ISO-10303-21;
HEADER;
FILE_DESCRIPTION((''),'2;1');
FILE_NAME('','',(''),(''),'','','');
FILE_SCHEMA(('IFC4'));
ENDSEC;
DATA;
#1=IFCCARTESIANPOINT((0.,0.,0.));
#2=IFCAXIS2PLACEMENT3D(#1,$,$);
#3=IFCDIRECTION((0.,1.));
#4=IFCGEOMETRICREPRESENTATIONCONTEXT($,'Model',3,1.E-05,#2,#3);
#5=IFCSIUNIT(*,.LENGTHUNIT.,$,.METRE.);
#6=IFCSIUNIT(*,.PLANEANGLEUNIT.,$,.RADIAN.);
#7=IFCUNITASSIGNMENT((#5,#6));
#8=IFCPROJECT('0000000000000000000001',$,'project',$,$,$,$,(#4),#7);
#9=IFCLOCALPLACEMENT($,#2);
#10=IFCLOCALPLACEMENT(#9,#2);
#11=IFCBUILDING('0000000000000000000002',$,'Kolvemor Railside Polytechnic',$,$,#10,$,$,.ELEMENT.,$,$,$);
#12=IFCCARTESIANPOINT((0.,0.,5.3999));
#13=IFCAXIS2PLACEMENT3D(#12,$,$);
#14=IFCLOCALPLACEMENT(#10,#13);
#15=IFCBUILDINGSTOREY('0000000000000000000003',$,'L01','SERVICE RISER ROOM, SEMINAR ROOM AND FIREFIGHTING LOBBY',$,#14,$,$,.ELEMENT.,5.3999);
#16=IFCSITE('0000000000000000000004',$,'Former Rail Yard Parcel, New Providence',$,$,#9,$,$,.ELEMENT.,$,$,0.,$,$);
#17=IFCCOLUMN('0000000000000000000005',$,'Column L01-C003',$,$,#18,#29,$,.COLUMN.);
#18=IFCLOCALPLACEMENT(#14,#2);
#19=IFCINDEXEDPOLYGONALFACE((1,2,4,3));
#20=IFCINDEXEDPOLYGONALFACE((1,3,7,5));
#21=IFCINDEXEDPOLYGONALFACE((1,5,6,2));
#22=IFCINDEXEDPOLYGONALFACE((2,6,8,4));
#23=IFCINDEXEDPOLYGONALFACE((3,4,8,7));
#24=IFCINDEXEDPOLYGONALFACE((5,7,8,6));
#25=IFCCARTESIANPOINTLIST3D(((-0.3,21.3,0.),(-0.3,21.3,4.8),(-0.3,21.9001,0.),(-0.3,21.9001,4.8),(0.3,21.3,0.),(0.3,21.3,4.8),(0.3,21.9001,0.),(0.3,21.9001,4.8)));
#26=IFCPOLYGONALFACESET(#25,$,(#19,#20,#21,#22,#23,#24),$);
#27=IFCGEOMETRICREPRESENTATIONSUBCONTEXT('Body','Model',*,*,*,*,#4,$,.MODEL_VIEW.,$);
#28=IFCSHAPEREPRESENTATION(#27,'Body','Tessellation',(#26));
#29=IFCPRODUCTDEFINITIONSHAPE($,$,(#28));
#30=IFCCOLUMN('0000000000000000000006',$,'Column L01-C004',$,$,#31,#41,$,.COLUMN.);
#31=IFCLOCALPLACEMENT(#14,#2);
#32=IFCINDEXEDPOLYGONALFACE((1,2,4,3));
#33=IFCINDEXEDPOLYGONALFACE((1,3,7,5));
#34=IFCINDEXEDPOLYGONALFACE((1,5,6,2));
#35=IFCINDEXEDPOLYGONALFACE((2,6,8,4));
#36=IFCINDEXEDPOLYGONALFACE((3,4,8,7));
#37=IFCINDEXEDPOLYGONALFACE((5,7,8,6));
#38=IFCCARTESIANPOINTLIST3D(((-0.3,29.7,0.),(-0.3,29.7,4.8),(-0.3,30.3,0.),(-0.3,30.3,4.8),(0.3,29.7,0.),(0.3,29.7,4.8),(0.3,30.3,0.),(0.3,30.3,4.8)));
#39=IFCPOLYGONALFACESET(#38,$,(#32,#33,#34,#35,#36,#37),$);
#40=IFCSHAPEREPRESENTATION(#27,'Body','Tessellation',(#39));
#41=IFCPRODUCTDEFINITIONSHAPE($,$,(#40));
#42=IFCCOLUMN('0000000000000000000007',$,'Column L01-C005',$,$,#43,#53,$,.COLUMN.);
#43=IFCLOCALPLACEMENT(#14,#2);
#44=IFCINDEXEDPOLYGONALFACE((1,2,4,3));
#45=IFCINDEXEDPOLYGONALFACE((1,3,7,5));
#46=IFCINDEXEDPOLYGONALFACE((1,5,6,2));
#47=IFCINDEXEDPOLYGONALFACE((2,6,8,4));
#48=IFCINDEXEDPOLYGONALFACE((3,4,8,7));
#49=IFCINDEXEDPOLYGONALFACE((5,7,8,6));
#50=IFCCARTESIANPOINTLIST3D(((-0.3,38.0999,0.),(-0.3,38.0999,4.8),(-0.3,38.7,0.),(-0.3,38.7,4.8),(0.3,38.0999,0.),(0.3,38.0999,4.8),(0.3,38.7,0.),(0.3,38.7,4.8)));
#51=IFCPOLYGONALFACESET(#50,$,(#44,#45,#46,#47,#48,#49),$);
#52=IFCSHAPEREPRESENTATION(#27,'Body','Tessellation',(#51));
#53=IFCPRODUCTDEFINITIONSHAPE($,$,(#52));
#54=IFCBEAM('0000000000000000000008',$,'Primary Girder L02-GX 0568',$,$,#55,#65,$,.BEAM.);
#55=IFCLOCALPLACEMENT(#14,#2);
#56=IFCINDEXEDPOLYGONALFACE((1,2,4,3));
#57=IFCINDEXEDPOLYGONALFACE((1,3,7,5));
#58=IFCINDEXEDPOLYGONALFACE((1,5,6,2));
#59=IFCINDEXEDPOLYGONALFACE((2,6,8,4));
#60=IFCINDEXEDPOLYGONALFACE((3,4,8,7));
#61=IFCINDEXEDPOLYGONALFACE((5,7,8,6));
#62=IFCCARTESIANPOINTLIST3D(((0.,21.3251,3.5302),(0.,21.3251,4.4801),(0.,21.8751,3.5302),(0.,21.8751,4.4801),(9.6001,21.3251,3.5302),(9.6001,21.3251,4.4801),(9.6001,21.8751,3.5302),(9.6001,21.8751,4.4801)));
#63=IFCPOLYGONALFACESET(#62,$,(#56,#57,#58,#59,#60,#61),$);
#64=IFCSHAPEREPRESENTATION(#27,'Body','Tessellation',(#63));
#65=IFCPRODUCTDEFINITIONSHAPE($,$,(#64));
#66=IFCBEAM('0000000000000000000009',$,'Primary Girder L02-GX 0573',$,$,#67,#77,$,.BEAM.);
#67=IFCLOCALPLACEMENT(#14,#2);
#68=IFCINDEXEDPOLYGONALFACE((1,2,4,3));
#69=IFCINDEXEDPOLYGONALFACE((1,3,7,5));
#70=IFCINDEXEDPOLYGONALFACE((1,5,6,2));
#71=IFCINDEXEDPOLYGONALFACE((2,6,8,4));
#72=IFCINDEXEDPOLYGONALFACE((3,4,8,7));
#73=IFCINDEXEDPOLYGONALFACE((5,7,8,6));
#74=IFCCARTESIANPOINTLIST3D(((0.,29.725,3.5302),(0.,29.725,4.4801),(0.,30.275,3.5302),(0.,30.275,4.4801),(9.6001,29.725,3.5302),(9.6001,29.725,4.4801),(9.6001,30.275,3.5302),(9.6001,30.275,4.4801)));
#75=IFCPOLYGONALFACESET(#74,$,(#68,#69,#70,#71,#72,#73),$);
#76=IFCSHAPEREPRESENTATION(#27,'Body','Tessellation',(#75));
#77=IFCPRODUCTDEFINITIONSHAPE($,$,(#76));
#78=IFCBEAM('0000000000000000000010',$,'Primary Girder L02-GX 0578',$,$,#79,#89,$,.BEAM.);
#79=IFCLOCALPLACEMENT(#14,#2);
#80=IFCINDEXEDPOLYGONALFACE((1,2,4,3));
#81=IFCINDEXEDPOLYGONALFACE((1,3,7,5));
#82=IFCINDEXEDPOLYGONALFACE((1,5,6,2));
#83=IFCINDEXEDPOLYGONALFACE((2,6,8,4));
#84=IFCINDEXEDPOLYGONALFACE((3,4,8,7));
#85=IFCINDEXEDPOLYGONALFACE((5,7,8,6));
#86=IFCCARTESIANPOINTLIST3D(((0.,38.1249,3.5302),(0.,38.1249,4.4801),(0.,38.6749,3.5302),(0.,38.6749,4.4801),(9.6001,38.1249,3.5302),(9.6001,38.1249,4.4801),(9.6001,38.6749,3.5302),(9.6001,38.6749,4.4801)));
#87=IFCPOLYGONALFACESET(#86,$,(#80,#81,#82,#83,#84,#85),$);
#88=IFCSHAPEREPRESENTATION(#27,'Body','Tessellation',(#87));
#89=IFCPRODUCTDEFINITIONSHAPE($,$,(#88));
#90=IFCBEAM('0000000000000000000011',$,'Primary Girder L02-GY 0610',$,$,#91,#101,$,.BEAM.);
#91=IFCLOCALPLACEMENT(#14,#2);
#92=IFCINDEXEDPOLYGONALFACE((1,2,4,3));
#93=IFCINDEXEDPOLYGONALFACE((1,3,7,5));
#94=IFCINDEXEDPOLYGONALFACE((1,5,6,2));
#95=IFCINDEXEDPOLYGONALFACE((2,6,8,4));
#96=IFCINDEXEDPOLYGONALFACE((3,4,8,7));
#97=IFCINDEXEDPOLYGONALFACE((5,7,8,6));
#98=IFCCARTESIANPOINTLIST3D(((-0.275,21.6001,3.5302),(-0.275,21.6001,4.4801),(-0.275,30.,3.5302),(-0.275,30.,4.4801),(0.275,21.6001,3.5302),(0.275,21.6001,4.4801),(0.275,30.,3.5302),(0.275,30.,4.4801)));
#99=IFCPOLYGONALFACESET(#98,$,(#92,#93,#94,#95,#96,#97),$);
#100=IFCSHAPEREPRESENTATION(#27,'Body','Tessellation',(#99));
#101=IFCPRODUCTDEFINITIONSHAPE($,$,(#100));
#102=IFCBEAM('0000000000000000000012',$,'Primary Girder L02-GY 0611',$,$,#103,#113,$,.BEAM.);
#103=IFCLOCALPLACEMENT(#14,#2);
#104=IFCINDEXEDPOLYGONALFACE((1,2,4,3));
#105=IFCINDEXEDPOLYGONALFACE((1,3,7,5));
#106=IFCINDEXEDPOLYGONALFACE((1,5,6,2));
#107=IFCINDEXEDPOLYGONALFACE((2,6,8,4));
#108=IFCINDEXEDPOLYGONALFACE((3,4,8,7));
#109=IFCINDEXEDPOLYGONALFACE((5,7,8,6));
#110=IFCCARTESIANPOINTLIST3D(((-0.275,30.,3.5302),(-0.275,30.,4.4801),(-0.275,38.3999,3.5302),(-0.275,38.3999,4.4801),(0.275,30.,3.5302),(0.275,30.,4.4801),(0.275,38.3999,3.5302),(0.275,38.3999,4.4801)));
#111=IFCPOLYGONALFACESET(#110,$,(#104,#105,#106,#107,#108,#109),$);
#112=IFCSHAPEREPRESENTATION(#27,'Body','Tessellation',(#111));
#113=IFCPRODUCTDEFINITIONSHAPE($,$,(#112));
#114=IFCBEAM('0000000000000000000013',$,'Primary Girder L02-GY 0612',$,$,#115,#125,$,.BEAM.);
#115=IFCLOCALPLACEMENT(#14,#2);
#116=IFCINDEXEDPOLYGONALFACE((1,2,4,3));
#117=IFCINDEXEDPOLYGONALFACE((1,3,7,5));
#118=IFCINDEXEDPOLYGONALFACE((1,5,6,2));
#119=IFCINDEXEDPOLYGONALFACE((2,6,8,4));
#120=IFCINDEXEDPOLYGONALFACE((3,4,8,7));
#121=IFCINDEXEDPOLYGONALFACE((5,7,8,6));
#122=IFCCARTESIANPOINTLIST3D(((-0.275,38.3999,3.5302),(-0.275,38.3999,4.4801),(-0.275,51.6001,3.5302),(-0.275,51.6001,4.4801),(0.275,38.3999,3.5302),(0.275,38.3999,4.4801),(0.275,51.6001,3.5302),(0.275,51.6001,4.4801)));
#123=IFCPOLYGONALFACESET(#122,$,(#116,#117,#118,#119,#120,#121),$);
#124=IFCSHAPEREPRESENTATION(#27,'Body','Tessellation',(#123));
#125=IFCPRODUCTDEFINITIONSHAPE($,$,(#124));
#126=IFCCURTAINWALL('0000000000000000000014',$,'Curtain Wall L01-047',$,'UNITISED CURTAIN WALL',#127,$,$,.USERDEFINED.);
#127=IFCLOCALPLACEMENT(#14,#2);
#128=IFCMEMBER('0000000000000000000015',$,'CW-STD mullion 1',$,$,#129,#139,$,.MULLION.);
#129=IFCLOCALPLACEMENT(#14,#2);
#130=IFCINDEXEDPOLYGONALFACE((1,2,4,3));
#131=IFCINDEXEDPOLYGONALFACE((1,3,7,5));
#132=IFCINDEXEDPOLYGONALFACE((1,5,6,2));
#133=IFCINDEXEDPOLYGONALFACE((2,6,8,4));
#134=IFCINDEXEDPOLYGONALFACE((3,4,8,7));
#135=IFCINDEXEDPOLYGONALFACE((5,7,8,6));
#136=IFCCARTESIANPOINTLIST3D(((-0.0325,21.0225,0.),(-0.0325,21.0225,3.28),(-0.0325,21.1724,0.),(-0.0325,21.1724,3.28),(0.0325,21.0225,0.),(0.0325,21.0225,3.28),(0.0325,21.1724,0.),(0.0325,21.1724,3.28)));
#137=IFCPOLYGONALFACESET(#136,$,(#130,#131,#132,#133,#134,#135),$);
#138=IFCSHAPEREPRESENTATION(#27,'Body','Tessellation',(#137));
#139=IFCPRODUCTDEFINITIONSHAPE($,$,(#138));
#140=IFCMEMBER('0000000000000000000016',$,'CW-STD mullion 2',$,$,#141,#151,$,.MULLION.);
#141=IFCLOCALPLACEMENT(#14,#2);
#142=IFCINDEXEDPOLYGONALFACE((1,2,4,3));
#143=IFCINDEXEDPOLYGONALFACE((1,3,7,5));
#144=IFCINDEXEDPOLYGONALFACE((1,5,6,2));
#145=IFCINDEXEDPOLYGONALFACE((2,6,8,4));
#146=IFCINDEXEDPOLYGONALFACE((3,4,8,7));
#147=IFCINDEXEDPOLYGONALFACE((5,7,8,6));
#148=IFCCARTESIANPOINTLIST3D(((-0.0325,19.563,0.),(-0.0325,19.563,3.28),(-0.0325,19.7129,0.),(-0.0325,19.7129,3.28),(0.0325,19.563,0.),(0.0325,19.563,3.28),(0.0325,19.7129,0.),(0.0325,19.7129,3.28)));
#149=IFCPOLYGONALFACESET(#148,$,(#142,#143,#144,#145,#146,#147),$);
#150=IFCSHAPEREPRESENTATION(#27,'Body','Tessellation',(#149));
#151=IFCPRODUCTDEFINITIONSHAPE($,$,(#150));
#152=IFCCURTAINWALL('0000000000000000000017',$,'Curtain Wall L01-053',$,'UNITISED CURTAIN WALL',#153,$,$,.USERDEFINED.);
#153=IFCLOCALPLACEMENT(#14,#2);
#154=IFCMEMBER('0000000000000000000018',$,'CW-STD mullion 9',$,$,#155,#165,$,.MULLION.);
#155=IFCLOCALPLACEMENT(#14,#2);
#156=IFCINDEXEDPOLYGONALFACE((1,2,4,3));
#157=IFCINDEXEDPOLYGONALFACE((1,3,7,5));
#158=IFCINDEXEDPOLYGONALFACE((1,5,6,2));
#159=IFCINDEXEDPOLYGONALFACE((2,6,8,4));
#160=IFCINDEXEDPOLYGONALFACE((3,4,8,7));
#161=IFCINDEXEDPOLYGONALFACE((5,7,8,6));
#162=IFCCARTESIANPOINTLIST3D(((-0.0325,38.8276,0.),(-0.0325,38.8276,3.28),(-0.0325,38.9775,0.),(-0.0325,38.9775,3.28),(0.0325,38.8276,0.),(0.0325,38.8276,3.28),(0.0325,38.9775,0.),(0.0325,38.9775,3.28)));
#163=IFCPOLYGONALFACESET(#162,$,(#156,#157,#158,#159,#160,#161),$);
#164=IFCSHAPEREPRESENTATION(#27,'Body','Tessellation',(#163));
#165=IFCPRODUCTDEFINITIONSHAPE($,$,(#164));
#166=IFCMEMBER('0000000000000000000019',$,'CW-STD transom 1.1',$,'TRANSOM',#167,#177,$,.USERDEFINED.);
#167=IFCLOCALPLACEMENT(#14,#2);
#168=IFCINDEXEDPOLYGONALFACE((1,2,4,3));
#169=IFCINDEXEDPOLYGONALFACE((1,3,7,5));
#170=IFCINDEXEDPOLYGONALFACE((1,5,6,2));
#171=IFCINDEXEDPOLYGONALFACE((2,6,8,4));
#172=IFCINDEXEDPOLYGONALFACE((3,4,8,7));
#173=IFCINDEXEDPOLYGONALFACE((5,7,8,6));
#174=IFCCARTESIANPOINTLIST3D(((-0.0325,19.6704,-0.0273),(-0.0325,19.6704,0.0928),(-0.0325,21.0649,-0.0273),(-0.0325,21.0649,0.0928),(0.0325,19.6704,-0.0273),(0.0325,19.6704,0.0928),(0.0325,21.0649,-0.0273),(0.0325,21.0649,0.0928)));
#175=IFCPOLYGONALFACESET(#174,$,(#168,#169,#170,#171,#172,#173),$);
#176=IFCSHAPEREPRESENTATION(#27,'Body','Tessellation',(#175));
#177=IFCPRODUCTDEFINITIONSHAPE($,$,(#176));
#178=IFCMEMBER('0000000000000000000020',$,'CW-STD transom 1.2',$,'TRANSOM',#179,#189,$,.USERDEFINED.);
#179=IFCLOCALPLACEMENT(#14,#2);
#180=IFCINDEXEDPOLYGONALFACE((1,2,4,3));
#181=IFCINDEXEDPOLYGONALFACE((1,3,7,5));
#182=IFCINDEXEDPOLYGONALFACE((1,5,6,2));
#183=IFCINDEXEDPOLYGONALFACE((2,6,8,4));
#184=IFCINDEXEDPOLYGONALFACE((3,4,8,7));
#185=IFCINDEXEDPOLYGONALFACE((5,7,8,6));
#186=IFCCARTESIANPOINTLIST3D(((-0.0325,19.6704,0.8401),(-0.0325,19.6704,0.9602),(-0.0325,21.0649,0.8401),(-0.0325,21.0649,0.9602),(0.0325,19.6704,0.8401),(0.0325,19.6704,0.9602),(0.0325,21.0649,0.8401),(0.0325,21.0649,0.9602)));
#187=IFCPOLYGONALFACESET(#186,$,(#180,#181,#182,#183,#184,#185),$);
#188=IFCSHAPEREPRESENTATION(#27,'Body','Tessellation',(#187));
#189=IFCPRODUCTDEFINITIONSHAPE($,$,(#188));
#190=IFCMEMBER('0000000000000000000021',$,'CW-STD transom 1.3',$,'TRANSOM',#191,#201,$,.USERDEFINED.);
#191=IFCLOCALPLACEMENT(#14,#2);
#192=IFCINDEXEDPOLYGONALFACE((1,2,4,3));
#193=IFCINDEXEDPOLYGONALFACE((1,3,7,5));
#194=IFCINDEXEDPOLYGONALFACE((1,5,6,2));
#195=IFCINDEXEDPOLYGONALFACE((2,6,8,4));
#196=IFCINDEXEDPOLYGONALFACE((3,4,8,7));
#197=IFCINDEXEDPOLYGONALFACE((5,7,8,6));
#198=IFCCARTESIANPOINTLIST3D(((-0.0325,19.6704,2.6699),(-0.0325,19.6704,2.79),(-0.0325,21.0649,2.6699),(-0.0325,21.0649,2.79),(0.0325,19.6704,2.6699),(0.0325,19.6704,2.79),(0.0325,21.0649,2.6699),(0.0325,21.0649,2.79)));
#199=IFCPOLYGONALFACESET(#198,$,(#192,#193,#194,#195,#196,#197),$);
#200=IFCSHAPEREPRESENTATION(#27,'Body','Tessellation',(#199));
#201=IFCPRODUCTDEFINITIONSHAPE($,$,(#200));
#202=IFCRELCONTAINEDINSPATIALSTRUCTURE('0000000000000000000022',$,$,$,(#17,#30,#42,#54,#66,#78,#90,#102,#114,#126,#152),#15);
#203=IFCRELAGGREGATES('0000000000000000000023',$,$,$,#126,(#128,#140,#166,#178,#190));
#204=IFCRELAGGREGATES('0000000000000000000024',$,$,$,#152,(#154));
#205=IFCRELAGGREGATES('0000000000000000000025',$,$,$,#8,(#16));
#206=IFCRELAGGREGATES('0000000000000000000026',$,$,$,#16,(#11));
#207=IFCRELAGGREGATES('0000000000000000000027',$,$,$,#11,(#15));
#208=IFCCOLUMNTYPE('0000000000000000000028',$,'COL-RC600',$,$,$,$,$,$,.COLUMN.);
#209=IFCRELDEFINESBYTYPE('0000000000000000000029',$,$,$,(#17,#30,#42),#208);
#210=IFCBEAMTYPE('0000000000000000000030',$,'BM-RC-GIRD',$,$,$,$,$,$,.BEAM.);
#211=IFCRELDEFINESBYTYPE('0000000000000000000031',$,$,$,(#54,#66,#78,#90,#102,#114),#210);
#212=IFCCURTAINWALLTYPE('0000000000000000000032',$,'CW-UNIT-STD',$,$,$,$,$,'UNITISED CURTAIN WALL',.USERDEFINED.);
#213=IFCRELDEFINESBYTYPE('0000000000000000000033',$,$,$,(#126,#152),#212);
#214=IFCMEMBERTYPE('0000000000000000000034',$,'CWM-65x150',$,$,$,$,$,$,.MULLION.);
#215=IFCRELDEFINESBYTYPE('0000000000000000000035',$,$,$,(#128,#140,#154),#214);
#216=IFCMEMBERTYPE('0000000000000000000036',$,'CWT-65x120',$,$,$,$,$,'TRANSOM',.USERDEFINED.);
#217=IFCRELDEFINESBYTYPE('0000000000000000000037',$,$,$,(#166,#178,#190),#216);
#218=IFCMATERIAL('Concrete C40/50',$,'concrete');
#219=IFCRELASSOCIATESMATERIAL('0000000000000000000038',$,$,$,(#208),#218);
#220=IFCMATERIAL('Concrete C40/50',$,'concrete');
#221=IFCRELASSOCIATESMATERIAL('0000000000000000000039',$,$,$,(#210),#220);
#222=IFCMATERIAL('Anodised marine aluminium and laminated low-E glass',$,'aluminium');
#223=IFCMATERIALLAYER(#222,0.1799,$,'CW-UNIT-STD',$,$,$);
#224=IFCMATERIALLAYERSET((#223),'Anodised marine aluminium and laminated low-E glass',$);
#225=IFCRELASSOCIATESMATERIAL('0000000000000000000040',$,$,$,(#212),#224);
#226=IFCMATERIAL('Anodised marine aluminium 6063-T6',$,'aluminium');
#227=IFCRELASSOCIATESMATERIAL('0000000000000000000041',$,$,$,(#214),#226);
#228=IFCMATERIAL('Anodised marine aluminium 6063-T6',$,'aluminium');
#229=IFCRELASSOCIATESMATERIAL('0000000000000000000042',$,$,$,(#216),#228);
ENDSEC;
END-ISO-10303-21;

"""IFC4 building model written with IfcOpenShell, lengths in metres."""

from ifc_helpers import new_model, si_unit, direction, frame, origin, origin_2d, place, context, subcontext, project, spatial, rectangle, extrude, material, layer, layer_set, material_profile, profile_set, type_object, element, aggregate, save


model = new_model("IFC4")

# Units and contexts
model_context = context("Model", 3, precision=1e-05, world=origin(), true_north=direction((0.0, 1.0)))
body_context = subcontext(model_context, "Body", "Model", "MODEL_VIEW")
ifc_project = project(units=[si_unit("LENGTHUNIT", "METRE"), si_unit("PLANEANGLEUNIT", "RADIAN")], contexts=[model_context])

# Site, building, storey
site_placement = place(None, origin())
site = spatial("IfcSite", under=ifc_project, at=site_placement, Name="Former Rail Yard Parcel, New Providence", CompositionType="ELEMENT", RefElevation=0.0)
building_placement = place(site_placement, origin())
building = spatial("IfcBuilding", under=site, at=building_placement, Name="Kolvemor Railside Polytechnic", CompositionType="ELEMENT")
storey_placement = place(building_placement, frame((0.0, 0.0, 5.3999)))
storey = spatial("IfcBuildingStorey", under=building, at=storey_placement, Name="L01", Description="SERVICE RISER ROOM, SEMINAR ROOM AND FIREFIGHTING LOBBY", CompositionType="ELEMENT", Elevation=5.3999)

# Columns
ifc_material_1 = material(Name="Concrete C40/50", Category="concrete")
ifc_material_profile_1 = material_profile(ifc_material_1, rectangle(XDim=0.6001, YDim=0.6001, at=origin_2d()), Name="RC600x600")
ifc_profile_set_1 = profile_set([ifc_material_profile_1], Name="Concrete C40/50")
column_type = type_object("IfcColumnType", Name="COL-RC600", PredefinedType="COLUMN", material=ifc_profile_set_1)
for number, where, z_axis, x_axis, name in (
    (1, (0.0, 21.6001, 0.0), (0.0, 0.0, 1.0), (1.0, 0.0, 0.0), "Column L01-C003"),
    (2, (0.0, 30.0, 0.0), (0.0, 0.0, 1.0), (1.0, 0.0, 0.0), "Column L01-C004"),
    (3, (0.0, 38.3999, 0.0), (0.0, 0.0, 1.0), (1.0, 0.0, 0.0), "Column L01-C005"),
):
    element("IfcColumn", number, at=place(storey_placement, frame(where, z_axis=z_axis, x_axis=x_axis)), inside=storey, type_object=column_type, Name=name, PredefinedType="COLUMN", context=body_context, shape_type="SweptSolid", body=[
        extrude(rectangle(XDim=0.6001, YDim=0.6001, at=origin_2d()), origin(), (0.0, 0.0, 1.0), 4.8),
    ])

# Beams
ifc_material_2 = material(Name="Concrete C40/50", Category="concrete")
ifc_material_profile_2 = material_profile(ifc_material_2, rectangle(XDim=0.55, YDim=0.95, at=origin_2d()), Name="RC550x950")
ifc_profile_set_2 = profile_set([ifc_material_profile_2], Name="Concrete C40/50")
beam_type = type_object("IfcBeamType", Name="BM-RC-GIRD", PredefinedType="BEAM", material=ifc_profile_set_2)
for number, where, z_axis, x_axis, name in (
    (4, (0.0, 21.6001, 4.0051), (1.0, 0.0, 0.0), (0.0, 1.0, 0.0), "Primary Girder L02-GX 0568"),
    (5, (0.0, 30.0, 4.0051), (1.0, 0.0, 0.0), (0.0, 1.0, 0.0), "Primary Girder L02-GX 0573"),
    (6, (0.0, 38.3999, 4.0051), (1.0, 0.0, 0.0), (0.0, 1.0, 0.0), "Primary Girder L02-GX 0578"),
):
    element("IfcBeam", number, at=place(storey_placement, frame(where, z_axis=z_axis, x_axis=x_axis)), inside=storey, type_object=beam_type, Name=name, PredefinedType="BEAM", context=body_context, shape_type="SweptSolid", body=[
        extrude(rectangle(XDim=0.55, YDim=0.95, at=origin_2d()), origin(), (0.0, 0.0, 1.0), 9.6001),
    ])
for number, where, z_axis, x_axis, name in (
    (7, (0.0, 21.6001, 4.0051), (0.0, 1.0, 0.0), (-1.0, 0.0, 0.0), "Primary Girder L02-GY 0610"),
    (8, (0.0, 30.0, 4.0051), (0.0, 1.0, 0.0), (-1.0, 0.0, 0.0), "Primary Girder L02-GY 0611"),
):
    element("IfcBeam", number, at=place(storey_placement, frame(where, z_axis=z_axis, x_axis=x_axis)), inside=storey, type_object=beam_type, Name=name, PredefinedType="BEAM", context=body_context, shape_type="SweptSolid", body=[
        extrude(rectangle(XDim=0.55, YDim=0.95, at=origin_2d()), origin(), (0.0, 0.0, 1.0), 8.3999),
    ])
beam_placement = place(storey_placement, frame((0.0, 38.3999, 4.0051), z_axis=(0.0, 1.0, 0.0), x_axis=(-1.0, 0.0, 0.0)))
element("IfcBeam", 9, at=beam_placement, inside=storey, type_object=beam_type, Name="Primary Girder L02-GY 0612", PredefinedType="BEAM", context=body_context, shape_type="SweptSolid", body=[
    extrude(rectangle(XDim=0.55, YDim=0.95, at=origin_2d()), origin(), (0.0, 0.0, 1.0), 13.2002),
])

# Curtain wall, members
ifc_material_3 = material(Name="Anodised marine aluminium and laminated low-E glass", Category="aluminium")
ifc_layer_1 = layer(ifc_material_3, 0.1799, Name="CW-UNIT-STD")
ifc_layer_set_1 = layer_set([ifc_layer_1], Name="Anodised marine aluminium and laminated low-E glass")
curtain_wall_type = type_object("IfcCurtainWallType", Name="CW-UNIT-STD", ElementType="UNITISED CURTAIN WALL", PredefinedType="USERDEFINED", material=ifc_layer_set_1)
curtain_wall_1_placement = place(storey_placement, origin())
curtain_wall_1 = element("IfcCurtainWall", 10, at=curtain_wall_1_placement, inside=storey, type_object=curtain_wall_type, Name="Curtain Wall L01-047", ObjectType="UNITISED CURTAIN WALL", PredefinedType="USERDEFINED")
ifc_material_4 = material(Name="Anodised marine aluminium 6063-T6", Category="aluminium")
ifc_material_profile_3 = material_profile(ifc_material_4, rectangle(XDim=0.0649, YDim=0.1499, at=origin_2d()), Name="CW-MUL-65x150")
ifc_profile_set_3 = profile_set([ifc_material_profile_3], Name="Anodised marine aluminium 6063-T6")
member_type_1 = type_object("IfcMemberType", Name="CWM-65x150", PredefinedType="MULLION", material=ifc_profile_set_3)
member_1_placement = place(storey_placement, frame((0.0, 21.0974, 0.0), z_axis=(0.0, 0.0, 1.0), x_axis=(1.0, 0.0, 0.0)))
member_1 = element("IfcMember", 11, at=member_1_placement, type_object=member_type_1, Name="CW-STD mullion 1", PredefinedType="MULLION", context=body_context, shape_type="SweptSolid", body=[
    extrude(rectangle(XDim=0.0649, YDim=0.1499, at=origin_2d()), origin(), (0.0, 0.0, 1.0), 3.28),
])
member_2_placement = place(storey_placement, frame((0.0, 19.6379, 0.0), z_axis=(0.0, 0.0, 1.0), x_axis=(1.0, 0.0, 0.0)))
member_2 = element("IfcMember", 12, at=member_2_placement, type_object=member_type_1, Name="CW-STD mullion 2", PredefinedType="MULLION", context=body_context, shape_type="SweptSolid", body=[
    extrude(rectangle(XDim=0.0649, YDim=0.1499, at=origin_2d()), origin(), (0.0, 0.0, 1.0), 3.28),
])

# Curtain wall, member
curtain_wall_2_placement = place(storey_placement, origin())
curtain_wall_2 = element("IfcCurtainWall", 13, at=curtain_wall_2_placement, inside=storey, type_object=curtain_wall_type, Name="Curtain Wall L01-053", ObjectType="UNITISED CURTAIN WALL", PredefinedType="USERDEFINED")
member_3_placement = place(storey_placement, frame((0.0, 38.9026, 0.0), z_axis=(0.0, 0.0, 1.0), x_axis=(1.0, 0.0, 0.0)))
member_3 = element("IfcMember", 14, at=member_3_placement, type_object=member_type_1, Name="CW-STD mullion 9", PredefinedType="MULLION", context=body_context, shape_type="SweptSolid", body=[
    extrude(rectangle(XDim=0.0649, YDim=0.1499, at=origin_2d()), origin(), (0.0, 0.0, 1.0), 3.28),
])

# Members
ifc_material_5 = material(Name="Anodised marine aluminium 6063-T6", Category="aluminium")
ifc_material_profile_4 = material_profile(ifc_material_5, rectangle(XDim=0.0649, YDim=0.1201, at=origin_2d()), Name="CW-TRN-65x120")
ifc_profile_set_4 = profile_set([ifc_material_profile_4], Name="Anodised marine aluminium 6063-T6")
member_type_2 = type_object("IfcMemberType", Name="CWT-65x120", ElementType="TRANSOM", PredefinedType="USERDEFINED", material=ifc_profile_set_4)
member_4_placement = place(storey_placement, frame((0.0, 21.0649, 0.0327), z_axis=(0.0, -1.0, 0.0), x_axis=(1.0, 0.0, 0.0)))
member_4 = element("IfcMember", 15, at=member_4_placement, type_object=member_type_2, Name="CW-STD transom 1.1", ObjectType="TRANSOM", PredefinedType="USERDEFINED", context=body_context, shape_type="SweptSolid", body=[
    extrude(rectangle(XDim=0.0649, YDim=0.1201, at=origin_2d()), origin(), (0.0, 0.0, 1.0), 1.3945),
])
member_5_placement = place(storey_placement, frame((0.0, 21.0649, 0.9001), z_axis=(0.0, -1.0, 0.0), x_axis=(1.0, 0.0, 0.0)))
member_5 = element("IfcMember", 16, at=member_5_placement, type_object=member_type_2, Name="CW-STD transom 1.2", ObjectType="TRANSOM", PredefinedType="USERDEFINED", context=body_context, shape_type="SweptSolid", body=[
    extrude(rectangle(XDim=0.0649, YDim=0.1201, at=origin_2d()), origin(), (0.0, 0.0, 1.0), 1.3945),
])
member_6_placement = place(storey_placement, frame((0.0, 21.0649, 2.73), z_axis=(0.0, -1.0, 0.0), x_axis=(1.0, 0.0, 0.0)))
member_6 = element("IfcMember", 17, at=member_6_placement, type_object=member_type_2, Name="CW-STD transom 1.3", ObjectType="TRANSOM", PredefinedType="USERDEFINED", context=body_context, shape_type="SweptSolid", body=[
    extrude(rectangle(XDim=0.0649, YDim=0.1201, at=origin_2d()), origin(), (0.0, 0.0, 1.0), 1.3945),
])

aggregate(curtain_wall_1, [member_1, member_2, member_4, member_5, member_6])
aggregate(curtain_wall_2, [member_3])

save(model, "model.ifc")
